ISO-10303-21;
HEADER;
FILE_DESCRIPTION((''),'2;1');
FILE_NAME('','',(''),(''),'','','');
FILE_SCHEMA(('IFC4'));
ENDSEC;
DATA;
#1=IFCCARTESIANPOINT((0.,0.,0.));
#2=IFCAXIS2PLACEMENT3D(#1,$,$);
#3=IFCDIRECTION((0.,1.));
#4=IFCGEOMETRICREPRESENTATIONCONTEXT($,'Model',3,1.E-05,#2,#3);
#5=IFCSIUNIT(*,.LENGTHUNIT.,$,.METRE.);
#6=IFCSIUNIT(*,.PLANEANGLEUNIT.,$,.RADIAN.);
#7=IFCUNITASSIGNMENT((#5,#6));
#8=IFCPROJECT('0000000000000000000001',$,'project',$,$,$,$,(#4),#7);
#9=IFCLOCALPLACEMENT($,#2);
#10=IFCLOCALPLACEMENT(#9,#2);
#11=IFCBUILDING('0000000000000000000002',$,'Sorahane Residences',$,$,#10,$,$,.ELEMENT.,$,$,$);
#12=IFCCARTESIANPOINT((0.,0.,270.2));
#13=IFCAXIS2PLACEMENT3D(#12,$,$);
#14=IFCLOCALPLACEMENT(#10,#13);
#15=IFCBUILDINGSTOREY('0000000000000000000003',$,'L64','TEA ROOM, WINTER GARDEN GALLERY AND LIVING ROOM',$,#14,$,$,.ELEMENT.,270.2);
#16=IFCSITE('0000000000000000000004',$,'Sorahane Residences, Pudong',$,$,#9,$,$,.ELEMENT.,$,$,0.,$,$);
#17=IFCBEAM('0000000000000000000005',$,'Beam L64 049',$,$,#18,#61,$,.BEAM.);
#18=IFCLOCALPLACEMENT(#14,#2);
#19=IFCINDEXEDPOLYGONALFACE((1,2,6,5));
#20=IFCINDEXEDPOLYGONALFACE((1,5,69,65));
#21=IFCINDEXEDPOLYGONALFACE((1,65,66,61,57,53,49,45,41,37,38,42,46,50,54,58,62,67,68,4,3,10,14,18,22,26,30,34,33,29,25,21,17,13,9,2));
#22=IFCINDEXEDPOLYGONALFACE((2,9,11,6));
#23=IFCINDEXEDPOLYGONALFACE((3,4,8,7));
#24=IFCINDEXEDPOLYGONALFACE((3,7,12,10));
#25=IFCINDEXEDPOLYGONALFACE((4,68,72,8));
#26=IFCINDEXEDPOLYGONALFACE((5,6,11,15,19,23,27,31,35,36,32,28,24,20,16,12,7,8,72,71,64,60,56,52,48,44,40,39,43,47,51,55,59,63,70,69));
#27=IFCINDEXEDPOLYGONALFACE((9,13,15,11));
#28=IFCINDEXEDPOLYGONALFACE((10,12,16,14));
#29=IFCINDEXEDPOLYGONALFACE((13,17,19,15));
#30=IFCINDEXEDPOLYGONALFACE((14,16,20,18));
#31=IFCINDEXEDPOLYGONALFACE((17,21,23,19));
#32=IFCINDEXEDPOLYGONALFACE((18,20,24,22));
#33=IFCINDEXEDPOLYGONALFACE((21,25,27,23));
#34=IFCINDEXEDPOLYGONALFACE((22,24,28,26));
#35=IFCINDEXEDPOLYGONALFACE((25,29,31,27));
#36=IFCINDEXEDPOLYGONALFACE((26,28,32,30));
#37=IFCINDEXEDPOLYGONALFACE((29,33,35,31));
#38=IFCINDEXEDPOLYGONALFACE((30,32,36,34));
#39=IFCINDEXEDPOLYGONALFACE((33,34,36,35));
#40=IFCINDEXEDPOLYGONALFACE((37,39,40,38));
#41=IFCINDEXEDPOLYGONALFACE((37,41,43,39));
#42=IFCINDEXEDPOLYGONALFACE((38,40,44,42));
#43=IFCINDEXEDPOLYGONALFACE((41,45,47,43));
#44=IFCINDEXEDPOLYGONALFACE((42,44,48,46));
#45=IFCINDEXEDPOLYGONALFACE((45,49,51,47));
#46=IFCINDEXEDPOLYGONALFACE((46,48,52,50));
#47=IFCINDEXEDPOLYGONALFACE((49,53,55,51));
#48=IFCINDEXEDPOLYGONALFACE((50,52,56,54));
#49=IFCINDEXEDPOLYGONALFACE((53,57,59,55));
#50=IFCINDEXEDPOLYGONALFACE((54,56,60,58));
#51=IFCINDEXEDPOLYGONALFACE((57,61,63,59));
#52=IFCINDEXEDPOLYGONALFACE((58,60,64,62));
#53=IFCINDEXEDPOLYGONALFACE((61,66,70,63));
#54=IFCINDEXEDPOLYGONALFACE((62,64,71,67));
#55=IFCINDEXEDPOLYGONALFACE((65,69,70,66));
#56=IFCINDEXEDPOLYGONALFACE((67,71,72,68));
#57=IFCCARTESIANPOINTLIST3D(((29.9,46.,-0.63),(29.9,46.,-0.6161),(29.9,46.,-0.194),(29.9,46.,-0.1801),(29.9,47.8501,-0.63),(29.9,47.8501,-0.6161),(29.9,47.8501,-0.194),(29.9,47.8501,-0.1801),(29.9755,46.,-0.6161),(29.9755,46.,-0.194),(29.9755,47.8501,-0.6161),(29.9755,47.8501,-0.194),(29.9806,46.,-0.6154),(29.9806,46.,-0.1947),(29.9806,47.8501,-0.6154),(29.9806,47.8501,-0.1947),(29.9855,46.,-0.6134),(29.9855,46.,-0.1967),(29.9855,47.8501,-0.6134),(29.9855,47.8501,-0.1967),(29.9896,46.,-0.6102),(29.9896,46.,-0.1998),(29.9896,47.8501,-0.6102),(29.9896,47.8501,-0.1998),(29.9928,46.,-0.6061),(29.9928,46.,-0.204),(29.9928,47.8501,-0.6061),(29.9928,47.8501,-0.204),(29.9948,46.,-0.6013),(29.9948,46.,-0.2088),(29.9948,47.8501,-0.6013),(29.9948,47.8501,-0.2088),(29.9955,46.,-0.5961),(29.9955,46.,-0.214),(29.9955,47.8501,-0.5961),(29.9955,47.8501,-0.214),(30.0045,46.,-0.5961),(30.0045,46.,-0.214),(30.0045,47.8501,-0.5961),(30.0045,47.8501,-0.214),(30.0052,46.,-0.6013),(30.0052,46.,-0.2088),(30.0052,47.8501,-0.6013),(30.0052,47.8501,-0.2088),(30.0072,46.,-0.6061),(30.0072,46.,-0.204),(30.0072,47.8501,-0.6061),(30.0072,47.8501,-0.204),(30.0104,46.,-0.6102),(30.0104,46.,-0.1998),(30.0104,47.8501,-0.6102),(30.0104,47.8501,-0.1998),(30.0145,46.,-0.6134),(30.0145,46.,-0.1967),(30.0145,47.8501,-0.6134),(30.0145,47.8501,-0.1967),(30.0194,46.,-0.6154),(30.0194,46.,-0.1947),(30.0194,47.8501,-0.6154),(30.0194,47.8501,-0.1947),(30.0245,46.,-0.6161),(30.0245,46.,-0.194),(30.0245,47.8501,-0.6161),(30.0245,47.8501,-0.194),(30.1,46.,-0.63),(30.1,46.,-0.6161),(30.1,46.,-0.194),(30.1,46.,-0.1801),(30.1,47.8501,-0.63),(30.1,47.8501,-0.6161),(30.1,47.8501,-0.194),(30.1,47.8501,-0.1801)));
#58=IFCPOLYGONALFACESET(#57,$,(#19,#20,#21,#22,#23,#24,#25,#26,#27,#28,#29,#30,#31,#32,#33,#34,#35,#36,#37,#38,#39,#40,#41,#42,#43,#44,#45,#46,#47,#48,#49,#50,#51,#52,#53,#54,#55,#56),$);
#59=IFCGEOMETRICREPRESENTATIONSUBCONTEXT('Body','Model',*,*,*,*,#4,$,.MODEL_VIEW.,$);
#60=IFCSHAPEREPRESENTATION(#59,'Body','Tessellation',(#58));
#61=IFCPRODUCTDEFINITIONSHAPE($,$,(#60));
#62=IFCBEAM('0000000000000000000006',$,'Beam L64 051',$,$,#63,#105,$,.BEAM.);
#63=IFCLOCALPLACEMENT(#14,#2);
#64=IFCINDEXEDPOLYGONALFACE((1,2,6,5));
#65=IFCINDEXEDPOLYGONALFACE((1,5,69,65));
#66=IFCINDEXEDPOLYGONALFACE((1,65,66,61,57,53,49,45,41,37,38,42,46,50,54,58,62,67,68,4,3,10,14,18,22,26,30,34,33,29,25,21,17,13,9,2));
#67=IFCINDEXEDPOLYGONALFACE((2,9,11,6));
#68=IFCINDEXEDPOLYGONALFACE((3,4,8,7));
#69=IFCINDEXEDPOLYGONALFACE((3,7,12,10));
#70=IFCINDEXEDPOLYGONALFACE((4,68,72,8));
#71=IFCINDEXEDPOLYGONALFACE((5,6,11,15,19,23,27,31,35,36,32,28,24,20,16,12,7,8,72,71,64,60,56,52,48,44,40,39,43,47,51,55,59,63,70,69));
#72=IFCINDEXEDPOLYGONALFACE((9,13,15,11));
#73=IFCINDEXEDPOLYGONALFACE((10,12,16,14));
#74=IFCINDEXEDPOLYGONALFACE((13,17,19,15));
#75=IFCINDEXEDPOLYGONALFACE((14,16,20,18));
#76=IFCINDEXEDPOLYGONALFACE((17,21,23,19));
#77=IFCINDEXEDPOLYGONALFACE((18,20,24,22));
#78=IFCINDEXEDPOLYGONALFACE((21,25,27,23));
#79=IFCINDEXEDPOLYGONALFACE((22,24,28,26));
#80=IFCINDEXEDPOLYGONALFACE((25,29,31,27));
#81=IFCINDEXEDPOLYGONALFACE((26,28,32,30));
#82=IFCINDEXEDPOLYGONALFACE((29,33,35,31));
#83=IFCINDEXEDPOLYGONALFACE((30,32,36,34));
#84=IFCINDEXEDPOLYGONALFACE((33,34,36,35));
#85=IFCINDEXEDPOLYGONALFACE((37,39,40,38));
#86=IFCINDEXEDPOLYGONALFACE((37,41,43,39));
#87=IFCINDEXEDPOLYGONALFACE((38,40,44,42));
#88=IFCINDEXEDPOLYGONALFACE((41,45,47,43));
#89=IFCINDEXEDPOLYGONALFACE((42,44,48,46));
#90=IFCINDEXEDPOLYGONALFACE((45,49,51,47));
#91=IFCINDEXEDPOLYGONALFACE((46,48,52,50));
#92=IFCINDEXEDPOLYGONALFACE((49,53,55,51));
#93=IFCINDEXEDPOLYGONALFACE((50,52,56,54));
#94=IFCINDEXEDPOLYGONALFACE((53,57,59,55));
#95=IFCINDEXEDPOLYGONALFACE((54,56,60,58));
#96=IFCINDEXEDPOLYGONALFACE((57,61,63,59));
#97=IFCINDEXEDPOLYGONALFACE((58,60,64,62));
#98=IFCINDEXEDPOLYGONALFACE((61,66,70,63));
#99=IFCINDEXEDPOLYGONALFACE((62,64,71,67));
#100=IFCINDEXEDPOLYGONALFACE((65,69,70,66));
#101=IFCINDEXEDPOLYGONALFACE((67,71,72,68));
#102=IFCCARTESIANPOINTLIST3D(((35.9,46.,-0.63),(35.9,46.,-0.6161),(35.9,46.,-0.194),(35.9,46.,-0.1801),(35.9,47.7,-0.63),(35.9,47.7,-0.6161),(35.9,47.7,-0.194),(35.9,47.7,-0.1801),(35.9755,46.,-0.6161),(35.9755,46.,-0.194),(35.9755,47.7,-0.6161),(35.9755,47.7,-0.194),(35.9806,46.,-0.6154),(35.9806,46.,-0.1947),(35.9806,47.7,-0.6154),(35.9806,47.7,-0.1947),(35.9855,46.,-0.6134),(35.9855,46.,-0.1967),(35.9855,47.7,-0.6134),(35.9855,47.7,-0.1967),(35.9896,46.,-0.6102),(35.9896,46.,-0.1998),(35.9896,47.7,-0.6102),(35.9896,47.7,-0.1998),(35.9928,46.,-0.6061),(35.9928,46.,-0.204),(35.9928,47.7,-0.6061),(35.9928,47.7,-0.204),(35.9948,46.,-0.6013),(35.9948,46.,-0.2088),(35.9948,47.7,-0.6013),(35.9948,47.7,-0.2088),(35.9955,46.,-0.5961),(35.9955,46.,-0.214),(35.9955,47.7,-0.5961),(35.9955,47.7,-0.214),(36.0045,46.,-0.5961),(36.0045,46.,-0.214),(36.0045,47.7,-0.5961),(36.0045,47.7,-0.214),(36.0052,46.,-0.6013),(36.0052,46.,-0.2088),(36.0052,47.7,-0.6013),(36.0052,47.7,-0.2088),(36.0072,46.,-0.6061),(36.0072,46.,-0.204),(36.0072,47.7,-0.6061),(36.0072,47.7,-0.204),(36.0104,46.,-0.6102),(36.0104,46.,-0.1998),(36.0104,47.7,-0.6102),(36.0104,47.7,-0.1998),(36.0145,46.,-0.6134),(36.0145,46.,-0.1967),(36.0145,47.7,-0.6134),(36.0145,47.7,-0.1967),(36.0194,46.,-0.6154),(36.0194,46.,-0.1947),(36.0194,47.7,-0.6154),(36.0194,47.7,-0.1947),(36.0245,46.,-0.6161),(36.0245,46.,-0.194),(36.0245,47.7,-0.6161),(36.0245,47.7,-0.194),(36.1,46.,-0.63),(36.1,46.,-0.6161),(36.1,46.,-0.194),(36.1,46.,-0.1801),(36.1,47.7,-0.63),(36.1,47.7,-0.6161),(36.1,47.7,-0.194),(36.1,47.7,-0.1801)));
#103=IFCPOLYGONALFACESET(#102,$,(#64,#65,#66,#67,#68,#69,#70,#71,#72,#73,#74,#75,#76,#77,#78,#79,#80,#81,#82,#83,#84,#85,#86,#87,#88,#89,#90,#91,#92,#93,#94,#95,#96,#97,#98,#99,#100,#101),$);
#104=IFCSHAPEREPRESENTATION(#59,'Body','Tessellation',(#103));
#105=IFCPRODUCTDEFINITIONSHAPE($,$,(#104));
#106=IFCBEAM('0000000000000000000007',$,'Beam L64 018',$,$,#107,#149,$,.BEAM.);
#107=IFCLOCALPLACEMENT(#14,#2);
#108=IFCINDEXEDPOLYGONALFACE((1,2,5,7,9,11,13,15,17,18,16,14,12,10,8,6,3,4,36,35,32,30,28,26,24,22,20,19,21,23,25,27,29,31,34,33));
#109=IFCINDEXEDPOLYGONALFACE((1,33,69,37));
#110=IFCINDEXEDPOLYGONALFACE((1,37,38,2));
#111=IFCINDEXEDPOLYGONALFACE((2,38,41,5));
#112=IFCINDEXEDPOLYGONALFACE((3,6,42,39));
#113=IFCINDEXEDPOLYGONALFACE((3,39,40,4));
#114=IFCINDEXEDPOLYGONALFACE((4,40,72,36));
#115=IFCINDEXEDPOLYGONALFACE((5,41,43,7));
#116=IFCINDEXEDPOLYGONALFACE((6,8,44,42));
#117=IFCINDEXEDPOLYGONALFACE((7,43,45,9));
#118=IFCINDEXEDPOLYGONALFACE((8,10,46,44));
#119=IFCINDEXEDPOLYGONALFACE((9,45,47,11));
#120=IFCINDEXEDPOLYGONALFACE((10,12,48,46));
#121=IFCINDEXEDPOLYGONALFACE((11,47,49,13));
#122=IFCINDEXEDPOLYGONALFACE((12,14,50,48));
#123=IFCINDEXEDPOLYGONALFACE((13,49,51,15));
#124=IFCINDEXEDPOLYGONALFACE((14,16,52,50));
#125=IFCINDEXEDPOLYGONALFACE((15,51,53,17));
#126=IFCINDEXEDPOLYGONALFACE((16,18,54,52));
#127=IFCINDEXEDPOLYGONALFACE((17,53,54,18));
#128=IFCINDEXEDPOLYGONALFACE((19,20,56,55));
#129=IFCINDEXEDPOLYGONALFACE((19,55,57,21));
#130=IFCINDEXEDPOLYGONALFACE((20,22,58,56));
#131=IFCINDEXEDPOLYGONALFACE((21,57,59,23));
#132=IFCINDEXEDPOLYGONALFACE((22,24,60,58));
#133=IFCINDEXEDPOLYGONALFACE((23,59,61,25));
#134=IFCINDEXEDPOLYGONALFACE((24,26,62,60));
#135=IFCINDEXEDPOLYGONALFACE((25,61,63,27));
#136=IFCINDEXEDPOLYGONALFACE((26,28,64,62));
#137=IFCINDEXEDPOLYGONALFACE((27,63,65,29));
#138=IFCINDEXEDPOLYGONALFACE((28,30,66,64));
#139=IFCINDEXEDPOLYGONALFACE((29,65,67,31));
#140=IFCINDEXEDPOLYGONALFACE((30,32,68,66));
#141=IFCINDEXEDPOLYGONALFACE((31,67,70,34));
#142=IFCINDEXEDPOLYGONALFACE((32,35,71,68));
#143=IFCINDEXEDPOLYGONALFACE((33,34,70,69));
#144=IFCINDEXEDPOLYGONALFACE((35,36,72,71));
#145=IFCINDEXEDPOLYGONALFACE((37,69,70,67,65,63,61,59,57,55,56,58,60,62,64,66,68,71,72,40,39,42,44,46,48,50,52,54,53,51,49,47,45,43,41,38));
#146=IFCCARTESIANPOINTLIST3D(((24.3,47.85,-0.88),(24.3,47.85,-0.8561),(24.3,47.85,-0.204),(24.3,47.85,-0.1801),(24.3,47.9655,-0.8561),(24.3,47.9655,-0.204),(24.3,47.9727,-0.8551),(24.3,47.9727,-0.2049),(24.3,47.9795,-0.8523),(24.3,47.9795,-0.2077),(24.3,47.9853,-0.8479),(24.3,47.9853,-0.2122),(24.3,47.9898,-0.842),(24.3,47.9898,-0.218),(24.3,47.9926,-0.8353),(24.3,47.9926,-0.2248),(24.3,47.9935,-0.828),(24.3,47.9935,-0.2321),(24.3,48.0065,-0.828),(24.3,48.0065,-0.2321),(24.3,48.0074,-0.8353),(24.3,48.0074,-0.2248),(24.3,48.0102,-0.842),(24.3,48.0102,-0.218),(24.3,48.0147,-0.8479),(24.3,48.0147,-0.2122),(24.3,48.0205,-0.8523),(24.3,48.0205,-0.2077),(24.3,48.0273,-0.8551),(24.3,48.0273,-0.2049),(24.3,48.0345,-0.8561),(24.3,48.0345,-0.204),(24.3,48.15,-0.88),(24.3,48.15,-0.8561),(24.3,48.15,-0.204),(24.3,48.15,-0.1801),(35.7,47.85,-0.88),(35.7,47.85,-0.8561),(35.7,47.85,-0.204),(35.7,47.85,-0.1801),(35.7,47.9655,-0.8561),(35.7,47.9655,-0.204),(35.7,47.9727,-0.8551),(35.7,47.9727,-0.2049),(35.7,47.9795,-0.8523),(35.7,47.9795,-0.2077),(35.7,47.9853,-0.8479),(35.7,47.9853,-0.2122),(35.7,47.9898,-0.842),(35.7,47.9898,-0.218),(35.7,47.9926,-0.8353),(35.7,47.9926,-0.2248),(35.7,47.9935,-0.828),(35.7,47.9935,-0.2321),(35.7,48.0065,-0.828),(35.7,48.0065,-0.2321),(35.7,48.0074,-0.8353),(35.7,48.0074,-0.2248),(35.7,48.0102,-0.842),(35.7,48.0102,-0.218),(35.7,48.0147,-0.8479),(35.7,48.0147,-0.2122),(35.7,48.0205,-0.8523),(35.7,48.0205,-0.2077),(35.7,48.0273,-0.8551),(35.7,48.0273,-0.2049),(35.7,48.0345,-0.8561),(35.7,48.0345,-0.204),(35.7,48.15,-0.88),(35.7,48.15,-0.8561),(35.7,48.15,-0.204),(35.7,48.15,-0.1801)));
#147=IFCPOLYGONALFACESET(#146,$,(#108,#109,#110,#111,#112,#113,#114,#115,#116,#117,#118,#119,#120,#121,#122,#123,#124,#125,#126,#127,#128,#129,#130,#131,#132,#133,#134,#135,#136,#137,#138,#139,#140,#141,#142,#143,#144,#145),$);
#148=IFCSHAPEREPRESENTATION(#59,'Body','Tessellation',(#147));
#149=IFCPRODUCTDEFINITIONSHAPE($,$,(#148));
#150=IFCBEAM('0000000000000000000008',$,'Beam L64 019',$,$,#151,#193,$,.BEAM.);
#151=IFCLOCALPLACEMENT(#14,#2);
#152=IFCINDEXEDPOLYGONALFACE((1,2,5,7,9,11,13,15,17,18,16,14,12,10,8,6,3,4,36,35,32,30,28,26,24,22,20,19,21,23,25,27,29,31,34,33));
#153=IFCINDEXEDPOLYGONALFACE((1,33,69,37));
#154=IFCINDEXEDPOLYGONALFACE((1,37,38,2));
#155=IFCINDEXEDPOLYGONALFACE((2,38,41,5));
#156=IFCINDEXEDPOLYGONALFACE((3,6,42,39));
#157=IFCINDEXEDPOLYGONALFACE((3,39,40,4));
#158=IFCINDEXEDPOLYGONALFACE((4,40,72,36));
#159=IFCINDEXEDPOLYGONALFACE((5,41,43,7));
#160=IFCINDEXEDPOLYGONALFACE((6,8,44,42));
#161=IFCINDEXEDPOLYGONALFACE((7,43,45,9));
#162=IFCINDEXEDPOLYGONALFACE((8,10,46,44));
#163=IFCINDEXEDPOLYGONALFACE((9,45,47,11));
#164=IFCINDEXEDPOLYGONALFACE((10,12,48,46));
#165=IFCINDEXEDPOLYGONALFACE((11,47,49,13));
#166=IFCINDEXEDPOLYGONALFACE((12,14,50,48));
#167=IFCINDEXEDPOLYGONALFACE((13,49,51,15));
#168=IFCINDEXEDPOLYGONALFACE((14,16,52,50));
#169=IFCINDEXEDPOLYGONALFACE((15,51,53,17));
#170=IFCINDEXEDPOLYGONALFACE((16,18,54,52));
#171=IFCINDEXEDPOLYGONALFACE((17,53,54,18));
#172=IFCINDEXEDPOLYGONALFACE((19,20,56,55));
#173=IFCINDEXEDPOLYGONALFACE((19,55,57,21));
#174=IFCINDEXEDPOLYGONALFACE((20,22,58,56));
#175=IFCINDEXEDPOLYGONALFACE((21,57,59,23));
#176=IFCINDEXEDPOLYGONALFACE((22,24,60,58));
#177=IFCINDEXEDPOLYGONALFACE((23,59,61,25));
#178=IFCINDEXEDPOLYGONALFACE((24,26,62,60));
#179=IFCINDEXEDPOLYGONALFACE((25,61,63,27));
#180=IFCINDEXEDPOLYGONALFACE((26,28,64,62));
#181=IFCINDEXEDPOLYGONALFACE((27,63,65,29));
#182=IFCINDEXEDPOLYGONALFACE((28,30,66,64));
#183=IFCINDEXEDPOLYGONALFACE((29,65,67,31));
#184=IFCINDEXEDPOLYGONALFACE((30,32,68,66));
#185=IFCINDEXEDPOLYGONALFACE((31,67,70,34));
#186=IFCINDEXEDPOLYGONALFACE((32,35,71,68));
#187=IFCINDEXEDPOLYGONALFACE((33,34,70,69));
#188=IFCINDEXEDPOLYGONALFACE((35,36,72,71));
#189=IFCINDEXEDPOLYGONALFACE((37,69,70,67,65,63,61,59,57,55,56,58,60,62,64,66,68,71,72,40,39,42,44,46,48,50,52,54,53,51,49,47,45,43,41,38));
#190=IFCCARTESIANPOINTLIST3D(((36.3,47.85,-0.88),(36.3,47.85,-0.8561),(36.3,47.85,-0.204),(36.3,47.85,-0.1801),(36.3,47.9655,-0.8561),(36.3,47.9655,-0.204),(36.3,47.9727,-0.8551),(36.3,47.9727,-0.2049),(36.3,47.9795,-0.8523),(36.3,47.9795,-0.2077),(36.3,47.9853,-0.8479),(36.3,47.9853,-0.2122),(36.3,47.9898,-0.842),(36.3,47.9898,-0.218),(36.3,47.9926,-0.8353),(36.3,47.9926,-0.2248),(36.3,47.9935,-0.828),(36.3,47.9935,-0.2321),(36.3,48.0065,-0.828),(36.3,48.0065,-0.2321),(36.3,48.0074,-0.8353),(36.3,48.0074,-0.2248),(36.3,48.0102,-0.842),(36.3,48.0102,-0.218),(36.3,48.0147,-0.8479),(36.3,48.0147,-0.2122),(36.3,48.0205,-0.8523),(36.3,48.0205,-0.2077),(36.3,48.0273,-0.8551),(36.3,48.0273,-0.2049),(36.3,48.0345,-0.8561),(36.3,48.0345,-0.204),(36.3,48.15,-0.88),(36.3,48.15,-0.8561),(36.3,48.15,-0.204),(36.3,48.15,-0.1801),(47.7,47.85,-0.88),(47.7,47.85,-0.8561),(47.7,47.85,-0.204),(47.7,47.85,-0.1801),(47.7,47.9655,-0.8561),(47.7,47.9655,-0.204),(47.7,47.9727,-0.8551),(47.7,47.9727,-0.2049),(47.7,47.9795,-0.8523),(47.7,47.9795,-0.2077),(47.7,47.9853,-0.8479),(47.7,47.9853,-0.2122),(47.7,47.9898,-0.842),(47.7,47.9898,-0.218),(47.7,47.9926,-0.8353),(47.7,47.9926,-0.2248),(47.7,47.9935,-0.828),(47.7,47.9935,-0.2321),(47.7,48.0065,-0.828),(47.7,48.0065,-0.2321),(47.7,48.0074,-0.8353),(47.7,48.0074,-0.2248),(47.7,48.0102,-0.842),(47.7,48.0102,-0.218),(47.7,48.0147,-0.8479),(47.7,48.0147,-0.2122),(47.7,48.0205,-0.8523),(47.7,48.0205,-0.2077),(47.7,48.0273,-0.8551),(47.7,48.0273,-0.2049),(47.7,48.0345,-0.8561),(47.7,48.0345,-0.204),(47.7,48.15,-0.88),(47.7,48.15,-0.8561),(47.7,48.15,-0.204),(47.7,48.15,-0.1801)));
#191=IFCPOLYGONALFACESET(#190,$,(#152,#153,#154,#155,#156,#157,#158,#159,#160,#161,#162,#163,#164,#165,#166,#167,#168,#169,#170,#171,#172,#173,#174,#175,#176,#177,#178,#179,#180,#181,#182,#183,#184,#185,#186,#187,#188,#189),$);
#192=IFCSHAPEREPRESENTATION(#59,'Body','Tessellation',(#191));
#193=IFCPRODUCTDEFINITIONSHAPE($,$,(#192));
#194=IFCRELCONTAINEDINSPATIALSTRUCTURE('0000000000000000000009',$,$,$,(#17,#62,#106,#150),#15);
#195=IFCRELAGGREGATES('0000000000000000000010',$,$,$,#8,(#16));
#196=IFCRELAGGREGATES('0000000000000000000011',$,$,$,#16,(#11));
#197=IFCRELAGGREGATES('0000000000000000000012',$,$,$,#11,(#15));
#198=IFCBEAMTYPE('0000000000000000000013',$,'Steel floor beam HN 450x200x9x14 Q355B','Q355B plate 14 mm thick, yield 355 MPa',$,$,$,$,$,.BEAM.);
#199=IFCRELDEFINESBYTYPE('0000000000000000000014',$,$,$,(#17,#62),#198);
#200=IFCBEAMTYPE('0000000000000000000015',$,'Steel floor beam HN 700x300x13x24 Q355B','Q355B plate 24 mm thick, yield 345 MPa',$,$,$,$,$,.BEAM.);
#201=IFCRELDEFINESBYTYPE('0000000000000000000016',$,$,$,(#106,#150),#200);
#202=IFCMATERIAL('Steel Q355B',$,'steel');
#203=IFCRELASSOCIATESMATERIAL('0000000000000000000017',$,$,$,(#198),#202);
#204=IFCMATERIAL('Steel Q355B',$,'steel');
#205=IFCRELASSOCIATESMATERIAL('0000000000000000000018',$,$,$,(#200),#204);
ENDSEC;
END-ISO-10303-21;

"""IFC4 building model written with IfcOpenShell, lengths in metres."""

from ifc_helpers import new_model, si_unit, direction, frame, origin, origin_2d, place, context, subcontext, project, spatial, i_section, extrude, material, material_profile, profile_set, type_object, element, save


model = new_model("IFC4")

# Units and contexts
model_context = context("Model", 3, precision=1e-05, world=origin(), true_north=direction((0.0, 1.0)))
body_context = subcontext(model_context, "Body", "Model", "MODEL_VIEW")
ifc_project = project(units=[si_unit("LENGTHUNIT", "METRE"), si_unit("PLANEANGLEUNIT", "RADIAN")], contexts=[model_context])

# Site, building, storey
site_placement = place(None, origin())
site = spatial("IfcSite", under=ifc_project, at=site_placement, Name="Sorahane Residences, Pudong", CompositionType="ELEMENT", RefElevation=0.0)
building_placement = place(site_placement, origin())
building = spatial("IfcBuilding", under=site, at=building_placement, Name="Sorahane Residences", CompositionType="ELEMENT")
storey_placement = place(building_placement, frame((0.0, 0.0, 270.2)))
storey = spatial("IfcBuildingStorey", under=building, at=storey_placement, Name="L64", Description="TEA ROOM, WINTER GARDEN GALLERY AND LIVING ROOM", CompositionType="ELEMENT", Elevation=270.2)

# Beams
ifc_material_1 = material(Name="Steel Q355B", Category="steel")
ifc_material_profile_1 = material_profile(ifc_material_1, i_section(OverallWidth=0.2, OverallDepth=0.45, WebThickness=0.009, FlangeThickness=0.0139, FilletRadius=0.02, at=origin_2d()), Name="HN 450x200x9x14")
ifc_profile_set_1 = profile_set([ifc_material_profile_1], Name="Steel Q355B")
beam_type_1 = type_object("IfcBeamType", Name="Steel floor beam HN 450x200x9x14 Q355B", Description="Q355B plate 14 mm thick, yield 355 MPa", PredefinedType="BEAM", material=ifc_profile_set_1)
beam_1_placement = place(storey_placement, frame((30.0, 46.0, -0.405), z_axis=(0.0, 1.0, 0.0), x_axis=(-1.0, 0.0, 0.0)))
element("IfcBeam", 1, at=beam_1_placement, inside=storey, type_object=beam_type_1, Name="Beam L64 049", PredefinedType="BEAM", context=body_context, shape_type="SweptSolid", body=[
    extrude(i_section(OverallWidth=0.2, OverallDepth=0.45, WebThickness=0.009, FlangeThickness=0.0139, FilletRadius=0.02, at=origin_2d()), origin(), (0.0, 0.0, 1.0), 1.8501),
])
beam_2_placement = place(storey_placement, frame((36.0, 46.0, -0.405), z_axis=(0.0, 1.0, 0.0), x_axis=(-1.0, 0.0, 0.0)))
element("IfcBeam", 2, at=beam_2_placement, inside=storey, type_object=beam_type_1, Name="Beam L64 051", PredefinedType="BEAM", context=body_context, shape_type="SweptSolid", body=[
    extrude(i_section(OverallWidth=0.2, OverallDepth=0.45, WebThickness=0.009, FlangeThickness=0.0139, FilletRadius=0.02, at=origin_2d()), origin(), (0.0, 0.0, 1.0), 1.7),
])
ifc_material_2 = material(Name="Steel Q355B", Category="steel")
ifc_material_profile_2 = material_profile(ifc_material_2, i_section(OverallWidth=0.3, OverallDepth=0.7, WebThickness=0.0129, FlangeThickness=0.0239, FilletRadius=0.0281, at=origin_2d()), Name="HN 700x300x13x24")
ifc_profile_set_2 = profile_set([ifc_material_profile_2], Name="Steel Q355B")
beam_type_2 = type_object("IfcBeamType", Name="Steel floor beam HN 700x300x13x24 Q355B", Description="Q355B plate 24 mm thick, yield 345 MPa", PredefinedType="BEAM", material=ifc_profile_set_2)
for number, where, z_axis, x_axis, name in (
    (3, (24.3, 48.0, -0.53), (1.0, 0.0, 0.0), (0.0, 1.0, 0.0), "Beam L64 018"),
    (4, (36.3, 48.0, -0.53), (1.0, 0.0, 0.0), (0.0, 1.0, 0.0), "Beam L64 019"),
):
    element("IfcBeam", number, at=place(storey_placement, frame(where, z_axis=z_axis, x_axis=x_axis)), inside=storey, type_object=beam_type_2, Name=name, PredefinedType="BEAM", context=body_context, shape_type="SweptSolid", body=[
        extrude(i_section(OverallWidth=0.3, OverallDepth=0.7, WebThickness=0.0129, FlangeThickness=0.0239, FilletRadius=0.0281, at=origin_2d()), origin(), (0.0, 0.0, 1.0), 11.3999),
    ])

save(model, "model.ifc")
